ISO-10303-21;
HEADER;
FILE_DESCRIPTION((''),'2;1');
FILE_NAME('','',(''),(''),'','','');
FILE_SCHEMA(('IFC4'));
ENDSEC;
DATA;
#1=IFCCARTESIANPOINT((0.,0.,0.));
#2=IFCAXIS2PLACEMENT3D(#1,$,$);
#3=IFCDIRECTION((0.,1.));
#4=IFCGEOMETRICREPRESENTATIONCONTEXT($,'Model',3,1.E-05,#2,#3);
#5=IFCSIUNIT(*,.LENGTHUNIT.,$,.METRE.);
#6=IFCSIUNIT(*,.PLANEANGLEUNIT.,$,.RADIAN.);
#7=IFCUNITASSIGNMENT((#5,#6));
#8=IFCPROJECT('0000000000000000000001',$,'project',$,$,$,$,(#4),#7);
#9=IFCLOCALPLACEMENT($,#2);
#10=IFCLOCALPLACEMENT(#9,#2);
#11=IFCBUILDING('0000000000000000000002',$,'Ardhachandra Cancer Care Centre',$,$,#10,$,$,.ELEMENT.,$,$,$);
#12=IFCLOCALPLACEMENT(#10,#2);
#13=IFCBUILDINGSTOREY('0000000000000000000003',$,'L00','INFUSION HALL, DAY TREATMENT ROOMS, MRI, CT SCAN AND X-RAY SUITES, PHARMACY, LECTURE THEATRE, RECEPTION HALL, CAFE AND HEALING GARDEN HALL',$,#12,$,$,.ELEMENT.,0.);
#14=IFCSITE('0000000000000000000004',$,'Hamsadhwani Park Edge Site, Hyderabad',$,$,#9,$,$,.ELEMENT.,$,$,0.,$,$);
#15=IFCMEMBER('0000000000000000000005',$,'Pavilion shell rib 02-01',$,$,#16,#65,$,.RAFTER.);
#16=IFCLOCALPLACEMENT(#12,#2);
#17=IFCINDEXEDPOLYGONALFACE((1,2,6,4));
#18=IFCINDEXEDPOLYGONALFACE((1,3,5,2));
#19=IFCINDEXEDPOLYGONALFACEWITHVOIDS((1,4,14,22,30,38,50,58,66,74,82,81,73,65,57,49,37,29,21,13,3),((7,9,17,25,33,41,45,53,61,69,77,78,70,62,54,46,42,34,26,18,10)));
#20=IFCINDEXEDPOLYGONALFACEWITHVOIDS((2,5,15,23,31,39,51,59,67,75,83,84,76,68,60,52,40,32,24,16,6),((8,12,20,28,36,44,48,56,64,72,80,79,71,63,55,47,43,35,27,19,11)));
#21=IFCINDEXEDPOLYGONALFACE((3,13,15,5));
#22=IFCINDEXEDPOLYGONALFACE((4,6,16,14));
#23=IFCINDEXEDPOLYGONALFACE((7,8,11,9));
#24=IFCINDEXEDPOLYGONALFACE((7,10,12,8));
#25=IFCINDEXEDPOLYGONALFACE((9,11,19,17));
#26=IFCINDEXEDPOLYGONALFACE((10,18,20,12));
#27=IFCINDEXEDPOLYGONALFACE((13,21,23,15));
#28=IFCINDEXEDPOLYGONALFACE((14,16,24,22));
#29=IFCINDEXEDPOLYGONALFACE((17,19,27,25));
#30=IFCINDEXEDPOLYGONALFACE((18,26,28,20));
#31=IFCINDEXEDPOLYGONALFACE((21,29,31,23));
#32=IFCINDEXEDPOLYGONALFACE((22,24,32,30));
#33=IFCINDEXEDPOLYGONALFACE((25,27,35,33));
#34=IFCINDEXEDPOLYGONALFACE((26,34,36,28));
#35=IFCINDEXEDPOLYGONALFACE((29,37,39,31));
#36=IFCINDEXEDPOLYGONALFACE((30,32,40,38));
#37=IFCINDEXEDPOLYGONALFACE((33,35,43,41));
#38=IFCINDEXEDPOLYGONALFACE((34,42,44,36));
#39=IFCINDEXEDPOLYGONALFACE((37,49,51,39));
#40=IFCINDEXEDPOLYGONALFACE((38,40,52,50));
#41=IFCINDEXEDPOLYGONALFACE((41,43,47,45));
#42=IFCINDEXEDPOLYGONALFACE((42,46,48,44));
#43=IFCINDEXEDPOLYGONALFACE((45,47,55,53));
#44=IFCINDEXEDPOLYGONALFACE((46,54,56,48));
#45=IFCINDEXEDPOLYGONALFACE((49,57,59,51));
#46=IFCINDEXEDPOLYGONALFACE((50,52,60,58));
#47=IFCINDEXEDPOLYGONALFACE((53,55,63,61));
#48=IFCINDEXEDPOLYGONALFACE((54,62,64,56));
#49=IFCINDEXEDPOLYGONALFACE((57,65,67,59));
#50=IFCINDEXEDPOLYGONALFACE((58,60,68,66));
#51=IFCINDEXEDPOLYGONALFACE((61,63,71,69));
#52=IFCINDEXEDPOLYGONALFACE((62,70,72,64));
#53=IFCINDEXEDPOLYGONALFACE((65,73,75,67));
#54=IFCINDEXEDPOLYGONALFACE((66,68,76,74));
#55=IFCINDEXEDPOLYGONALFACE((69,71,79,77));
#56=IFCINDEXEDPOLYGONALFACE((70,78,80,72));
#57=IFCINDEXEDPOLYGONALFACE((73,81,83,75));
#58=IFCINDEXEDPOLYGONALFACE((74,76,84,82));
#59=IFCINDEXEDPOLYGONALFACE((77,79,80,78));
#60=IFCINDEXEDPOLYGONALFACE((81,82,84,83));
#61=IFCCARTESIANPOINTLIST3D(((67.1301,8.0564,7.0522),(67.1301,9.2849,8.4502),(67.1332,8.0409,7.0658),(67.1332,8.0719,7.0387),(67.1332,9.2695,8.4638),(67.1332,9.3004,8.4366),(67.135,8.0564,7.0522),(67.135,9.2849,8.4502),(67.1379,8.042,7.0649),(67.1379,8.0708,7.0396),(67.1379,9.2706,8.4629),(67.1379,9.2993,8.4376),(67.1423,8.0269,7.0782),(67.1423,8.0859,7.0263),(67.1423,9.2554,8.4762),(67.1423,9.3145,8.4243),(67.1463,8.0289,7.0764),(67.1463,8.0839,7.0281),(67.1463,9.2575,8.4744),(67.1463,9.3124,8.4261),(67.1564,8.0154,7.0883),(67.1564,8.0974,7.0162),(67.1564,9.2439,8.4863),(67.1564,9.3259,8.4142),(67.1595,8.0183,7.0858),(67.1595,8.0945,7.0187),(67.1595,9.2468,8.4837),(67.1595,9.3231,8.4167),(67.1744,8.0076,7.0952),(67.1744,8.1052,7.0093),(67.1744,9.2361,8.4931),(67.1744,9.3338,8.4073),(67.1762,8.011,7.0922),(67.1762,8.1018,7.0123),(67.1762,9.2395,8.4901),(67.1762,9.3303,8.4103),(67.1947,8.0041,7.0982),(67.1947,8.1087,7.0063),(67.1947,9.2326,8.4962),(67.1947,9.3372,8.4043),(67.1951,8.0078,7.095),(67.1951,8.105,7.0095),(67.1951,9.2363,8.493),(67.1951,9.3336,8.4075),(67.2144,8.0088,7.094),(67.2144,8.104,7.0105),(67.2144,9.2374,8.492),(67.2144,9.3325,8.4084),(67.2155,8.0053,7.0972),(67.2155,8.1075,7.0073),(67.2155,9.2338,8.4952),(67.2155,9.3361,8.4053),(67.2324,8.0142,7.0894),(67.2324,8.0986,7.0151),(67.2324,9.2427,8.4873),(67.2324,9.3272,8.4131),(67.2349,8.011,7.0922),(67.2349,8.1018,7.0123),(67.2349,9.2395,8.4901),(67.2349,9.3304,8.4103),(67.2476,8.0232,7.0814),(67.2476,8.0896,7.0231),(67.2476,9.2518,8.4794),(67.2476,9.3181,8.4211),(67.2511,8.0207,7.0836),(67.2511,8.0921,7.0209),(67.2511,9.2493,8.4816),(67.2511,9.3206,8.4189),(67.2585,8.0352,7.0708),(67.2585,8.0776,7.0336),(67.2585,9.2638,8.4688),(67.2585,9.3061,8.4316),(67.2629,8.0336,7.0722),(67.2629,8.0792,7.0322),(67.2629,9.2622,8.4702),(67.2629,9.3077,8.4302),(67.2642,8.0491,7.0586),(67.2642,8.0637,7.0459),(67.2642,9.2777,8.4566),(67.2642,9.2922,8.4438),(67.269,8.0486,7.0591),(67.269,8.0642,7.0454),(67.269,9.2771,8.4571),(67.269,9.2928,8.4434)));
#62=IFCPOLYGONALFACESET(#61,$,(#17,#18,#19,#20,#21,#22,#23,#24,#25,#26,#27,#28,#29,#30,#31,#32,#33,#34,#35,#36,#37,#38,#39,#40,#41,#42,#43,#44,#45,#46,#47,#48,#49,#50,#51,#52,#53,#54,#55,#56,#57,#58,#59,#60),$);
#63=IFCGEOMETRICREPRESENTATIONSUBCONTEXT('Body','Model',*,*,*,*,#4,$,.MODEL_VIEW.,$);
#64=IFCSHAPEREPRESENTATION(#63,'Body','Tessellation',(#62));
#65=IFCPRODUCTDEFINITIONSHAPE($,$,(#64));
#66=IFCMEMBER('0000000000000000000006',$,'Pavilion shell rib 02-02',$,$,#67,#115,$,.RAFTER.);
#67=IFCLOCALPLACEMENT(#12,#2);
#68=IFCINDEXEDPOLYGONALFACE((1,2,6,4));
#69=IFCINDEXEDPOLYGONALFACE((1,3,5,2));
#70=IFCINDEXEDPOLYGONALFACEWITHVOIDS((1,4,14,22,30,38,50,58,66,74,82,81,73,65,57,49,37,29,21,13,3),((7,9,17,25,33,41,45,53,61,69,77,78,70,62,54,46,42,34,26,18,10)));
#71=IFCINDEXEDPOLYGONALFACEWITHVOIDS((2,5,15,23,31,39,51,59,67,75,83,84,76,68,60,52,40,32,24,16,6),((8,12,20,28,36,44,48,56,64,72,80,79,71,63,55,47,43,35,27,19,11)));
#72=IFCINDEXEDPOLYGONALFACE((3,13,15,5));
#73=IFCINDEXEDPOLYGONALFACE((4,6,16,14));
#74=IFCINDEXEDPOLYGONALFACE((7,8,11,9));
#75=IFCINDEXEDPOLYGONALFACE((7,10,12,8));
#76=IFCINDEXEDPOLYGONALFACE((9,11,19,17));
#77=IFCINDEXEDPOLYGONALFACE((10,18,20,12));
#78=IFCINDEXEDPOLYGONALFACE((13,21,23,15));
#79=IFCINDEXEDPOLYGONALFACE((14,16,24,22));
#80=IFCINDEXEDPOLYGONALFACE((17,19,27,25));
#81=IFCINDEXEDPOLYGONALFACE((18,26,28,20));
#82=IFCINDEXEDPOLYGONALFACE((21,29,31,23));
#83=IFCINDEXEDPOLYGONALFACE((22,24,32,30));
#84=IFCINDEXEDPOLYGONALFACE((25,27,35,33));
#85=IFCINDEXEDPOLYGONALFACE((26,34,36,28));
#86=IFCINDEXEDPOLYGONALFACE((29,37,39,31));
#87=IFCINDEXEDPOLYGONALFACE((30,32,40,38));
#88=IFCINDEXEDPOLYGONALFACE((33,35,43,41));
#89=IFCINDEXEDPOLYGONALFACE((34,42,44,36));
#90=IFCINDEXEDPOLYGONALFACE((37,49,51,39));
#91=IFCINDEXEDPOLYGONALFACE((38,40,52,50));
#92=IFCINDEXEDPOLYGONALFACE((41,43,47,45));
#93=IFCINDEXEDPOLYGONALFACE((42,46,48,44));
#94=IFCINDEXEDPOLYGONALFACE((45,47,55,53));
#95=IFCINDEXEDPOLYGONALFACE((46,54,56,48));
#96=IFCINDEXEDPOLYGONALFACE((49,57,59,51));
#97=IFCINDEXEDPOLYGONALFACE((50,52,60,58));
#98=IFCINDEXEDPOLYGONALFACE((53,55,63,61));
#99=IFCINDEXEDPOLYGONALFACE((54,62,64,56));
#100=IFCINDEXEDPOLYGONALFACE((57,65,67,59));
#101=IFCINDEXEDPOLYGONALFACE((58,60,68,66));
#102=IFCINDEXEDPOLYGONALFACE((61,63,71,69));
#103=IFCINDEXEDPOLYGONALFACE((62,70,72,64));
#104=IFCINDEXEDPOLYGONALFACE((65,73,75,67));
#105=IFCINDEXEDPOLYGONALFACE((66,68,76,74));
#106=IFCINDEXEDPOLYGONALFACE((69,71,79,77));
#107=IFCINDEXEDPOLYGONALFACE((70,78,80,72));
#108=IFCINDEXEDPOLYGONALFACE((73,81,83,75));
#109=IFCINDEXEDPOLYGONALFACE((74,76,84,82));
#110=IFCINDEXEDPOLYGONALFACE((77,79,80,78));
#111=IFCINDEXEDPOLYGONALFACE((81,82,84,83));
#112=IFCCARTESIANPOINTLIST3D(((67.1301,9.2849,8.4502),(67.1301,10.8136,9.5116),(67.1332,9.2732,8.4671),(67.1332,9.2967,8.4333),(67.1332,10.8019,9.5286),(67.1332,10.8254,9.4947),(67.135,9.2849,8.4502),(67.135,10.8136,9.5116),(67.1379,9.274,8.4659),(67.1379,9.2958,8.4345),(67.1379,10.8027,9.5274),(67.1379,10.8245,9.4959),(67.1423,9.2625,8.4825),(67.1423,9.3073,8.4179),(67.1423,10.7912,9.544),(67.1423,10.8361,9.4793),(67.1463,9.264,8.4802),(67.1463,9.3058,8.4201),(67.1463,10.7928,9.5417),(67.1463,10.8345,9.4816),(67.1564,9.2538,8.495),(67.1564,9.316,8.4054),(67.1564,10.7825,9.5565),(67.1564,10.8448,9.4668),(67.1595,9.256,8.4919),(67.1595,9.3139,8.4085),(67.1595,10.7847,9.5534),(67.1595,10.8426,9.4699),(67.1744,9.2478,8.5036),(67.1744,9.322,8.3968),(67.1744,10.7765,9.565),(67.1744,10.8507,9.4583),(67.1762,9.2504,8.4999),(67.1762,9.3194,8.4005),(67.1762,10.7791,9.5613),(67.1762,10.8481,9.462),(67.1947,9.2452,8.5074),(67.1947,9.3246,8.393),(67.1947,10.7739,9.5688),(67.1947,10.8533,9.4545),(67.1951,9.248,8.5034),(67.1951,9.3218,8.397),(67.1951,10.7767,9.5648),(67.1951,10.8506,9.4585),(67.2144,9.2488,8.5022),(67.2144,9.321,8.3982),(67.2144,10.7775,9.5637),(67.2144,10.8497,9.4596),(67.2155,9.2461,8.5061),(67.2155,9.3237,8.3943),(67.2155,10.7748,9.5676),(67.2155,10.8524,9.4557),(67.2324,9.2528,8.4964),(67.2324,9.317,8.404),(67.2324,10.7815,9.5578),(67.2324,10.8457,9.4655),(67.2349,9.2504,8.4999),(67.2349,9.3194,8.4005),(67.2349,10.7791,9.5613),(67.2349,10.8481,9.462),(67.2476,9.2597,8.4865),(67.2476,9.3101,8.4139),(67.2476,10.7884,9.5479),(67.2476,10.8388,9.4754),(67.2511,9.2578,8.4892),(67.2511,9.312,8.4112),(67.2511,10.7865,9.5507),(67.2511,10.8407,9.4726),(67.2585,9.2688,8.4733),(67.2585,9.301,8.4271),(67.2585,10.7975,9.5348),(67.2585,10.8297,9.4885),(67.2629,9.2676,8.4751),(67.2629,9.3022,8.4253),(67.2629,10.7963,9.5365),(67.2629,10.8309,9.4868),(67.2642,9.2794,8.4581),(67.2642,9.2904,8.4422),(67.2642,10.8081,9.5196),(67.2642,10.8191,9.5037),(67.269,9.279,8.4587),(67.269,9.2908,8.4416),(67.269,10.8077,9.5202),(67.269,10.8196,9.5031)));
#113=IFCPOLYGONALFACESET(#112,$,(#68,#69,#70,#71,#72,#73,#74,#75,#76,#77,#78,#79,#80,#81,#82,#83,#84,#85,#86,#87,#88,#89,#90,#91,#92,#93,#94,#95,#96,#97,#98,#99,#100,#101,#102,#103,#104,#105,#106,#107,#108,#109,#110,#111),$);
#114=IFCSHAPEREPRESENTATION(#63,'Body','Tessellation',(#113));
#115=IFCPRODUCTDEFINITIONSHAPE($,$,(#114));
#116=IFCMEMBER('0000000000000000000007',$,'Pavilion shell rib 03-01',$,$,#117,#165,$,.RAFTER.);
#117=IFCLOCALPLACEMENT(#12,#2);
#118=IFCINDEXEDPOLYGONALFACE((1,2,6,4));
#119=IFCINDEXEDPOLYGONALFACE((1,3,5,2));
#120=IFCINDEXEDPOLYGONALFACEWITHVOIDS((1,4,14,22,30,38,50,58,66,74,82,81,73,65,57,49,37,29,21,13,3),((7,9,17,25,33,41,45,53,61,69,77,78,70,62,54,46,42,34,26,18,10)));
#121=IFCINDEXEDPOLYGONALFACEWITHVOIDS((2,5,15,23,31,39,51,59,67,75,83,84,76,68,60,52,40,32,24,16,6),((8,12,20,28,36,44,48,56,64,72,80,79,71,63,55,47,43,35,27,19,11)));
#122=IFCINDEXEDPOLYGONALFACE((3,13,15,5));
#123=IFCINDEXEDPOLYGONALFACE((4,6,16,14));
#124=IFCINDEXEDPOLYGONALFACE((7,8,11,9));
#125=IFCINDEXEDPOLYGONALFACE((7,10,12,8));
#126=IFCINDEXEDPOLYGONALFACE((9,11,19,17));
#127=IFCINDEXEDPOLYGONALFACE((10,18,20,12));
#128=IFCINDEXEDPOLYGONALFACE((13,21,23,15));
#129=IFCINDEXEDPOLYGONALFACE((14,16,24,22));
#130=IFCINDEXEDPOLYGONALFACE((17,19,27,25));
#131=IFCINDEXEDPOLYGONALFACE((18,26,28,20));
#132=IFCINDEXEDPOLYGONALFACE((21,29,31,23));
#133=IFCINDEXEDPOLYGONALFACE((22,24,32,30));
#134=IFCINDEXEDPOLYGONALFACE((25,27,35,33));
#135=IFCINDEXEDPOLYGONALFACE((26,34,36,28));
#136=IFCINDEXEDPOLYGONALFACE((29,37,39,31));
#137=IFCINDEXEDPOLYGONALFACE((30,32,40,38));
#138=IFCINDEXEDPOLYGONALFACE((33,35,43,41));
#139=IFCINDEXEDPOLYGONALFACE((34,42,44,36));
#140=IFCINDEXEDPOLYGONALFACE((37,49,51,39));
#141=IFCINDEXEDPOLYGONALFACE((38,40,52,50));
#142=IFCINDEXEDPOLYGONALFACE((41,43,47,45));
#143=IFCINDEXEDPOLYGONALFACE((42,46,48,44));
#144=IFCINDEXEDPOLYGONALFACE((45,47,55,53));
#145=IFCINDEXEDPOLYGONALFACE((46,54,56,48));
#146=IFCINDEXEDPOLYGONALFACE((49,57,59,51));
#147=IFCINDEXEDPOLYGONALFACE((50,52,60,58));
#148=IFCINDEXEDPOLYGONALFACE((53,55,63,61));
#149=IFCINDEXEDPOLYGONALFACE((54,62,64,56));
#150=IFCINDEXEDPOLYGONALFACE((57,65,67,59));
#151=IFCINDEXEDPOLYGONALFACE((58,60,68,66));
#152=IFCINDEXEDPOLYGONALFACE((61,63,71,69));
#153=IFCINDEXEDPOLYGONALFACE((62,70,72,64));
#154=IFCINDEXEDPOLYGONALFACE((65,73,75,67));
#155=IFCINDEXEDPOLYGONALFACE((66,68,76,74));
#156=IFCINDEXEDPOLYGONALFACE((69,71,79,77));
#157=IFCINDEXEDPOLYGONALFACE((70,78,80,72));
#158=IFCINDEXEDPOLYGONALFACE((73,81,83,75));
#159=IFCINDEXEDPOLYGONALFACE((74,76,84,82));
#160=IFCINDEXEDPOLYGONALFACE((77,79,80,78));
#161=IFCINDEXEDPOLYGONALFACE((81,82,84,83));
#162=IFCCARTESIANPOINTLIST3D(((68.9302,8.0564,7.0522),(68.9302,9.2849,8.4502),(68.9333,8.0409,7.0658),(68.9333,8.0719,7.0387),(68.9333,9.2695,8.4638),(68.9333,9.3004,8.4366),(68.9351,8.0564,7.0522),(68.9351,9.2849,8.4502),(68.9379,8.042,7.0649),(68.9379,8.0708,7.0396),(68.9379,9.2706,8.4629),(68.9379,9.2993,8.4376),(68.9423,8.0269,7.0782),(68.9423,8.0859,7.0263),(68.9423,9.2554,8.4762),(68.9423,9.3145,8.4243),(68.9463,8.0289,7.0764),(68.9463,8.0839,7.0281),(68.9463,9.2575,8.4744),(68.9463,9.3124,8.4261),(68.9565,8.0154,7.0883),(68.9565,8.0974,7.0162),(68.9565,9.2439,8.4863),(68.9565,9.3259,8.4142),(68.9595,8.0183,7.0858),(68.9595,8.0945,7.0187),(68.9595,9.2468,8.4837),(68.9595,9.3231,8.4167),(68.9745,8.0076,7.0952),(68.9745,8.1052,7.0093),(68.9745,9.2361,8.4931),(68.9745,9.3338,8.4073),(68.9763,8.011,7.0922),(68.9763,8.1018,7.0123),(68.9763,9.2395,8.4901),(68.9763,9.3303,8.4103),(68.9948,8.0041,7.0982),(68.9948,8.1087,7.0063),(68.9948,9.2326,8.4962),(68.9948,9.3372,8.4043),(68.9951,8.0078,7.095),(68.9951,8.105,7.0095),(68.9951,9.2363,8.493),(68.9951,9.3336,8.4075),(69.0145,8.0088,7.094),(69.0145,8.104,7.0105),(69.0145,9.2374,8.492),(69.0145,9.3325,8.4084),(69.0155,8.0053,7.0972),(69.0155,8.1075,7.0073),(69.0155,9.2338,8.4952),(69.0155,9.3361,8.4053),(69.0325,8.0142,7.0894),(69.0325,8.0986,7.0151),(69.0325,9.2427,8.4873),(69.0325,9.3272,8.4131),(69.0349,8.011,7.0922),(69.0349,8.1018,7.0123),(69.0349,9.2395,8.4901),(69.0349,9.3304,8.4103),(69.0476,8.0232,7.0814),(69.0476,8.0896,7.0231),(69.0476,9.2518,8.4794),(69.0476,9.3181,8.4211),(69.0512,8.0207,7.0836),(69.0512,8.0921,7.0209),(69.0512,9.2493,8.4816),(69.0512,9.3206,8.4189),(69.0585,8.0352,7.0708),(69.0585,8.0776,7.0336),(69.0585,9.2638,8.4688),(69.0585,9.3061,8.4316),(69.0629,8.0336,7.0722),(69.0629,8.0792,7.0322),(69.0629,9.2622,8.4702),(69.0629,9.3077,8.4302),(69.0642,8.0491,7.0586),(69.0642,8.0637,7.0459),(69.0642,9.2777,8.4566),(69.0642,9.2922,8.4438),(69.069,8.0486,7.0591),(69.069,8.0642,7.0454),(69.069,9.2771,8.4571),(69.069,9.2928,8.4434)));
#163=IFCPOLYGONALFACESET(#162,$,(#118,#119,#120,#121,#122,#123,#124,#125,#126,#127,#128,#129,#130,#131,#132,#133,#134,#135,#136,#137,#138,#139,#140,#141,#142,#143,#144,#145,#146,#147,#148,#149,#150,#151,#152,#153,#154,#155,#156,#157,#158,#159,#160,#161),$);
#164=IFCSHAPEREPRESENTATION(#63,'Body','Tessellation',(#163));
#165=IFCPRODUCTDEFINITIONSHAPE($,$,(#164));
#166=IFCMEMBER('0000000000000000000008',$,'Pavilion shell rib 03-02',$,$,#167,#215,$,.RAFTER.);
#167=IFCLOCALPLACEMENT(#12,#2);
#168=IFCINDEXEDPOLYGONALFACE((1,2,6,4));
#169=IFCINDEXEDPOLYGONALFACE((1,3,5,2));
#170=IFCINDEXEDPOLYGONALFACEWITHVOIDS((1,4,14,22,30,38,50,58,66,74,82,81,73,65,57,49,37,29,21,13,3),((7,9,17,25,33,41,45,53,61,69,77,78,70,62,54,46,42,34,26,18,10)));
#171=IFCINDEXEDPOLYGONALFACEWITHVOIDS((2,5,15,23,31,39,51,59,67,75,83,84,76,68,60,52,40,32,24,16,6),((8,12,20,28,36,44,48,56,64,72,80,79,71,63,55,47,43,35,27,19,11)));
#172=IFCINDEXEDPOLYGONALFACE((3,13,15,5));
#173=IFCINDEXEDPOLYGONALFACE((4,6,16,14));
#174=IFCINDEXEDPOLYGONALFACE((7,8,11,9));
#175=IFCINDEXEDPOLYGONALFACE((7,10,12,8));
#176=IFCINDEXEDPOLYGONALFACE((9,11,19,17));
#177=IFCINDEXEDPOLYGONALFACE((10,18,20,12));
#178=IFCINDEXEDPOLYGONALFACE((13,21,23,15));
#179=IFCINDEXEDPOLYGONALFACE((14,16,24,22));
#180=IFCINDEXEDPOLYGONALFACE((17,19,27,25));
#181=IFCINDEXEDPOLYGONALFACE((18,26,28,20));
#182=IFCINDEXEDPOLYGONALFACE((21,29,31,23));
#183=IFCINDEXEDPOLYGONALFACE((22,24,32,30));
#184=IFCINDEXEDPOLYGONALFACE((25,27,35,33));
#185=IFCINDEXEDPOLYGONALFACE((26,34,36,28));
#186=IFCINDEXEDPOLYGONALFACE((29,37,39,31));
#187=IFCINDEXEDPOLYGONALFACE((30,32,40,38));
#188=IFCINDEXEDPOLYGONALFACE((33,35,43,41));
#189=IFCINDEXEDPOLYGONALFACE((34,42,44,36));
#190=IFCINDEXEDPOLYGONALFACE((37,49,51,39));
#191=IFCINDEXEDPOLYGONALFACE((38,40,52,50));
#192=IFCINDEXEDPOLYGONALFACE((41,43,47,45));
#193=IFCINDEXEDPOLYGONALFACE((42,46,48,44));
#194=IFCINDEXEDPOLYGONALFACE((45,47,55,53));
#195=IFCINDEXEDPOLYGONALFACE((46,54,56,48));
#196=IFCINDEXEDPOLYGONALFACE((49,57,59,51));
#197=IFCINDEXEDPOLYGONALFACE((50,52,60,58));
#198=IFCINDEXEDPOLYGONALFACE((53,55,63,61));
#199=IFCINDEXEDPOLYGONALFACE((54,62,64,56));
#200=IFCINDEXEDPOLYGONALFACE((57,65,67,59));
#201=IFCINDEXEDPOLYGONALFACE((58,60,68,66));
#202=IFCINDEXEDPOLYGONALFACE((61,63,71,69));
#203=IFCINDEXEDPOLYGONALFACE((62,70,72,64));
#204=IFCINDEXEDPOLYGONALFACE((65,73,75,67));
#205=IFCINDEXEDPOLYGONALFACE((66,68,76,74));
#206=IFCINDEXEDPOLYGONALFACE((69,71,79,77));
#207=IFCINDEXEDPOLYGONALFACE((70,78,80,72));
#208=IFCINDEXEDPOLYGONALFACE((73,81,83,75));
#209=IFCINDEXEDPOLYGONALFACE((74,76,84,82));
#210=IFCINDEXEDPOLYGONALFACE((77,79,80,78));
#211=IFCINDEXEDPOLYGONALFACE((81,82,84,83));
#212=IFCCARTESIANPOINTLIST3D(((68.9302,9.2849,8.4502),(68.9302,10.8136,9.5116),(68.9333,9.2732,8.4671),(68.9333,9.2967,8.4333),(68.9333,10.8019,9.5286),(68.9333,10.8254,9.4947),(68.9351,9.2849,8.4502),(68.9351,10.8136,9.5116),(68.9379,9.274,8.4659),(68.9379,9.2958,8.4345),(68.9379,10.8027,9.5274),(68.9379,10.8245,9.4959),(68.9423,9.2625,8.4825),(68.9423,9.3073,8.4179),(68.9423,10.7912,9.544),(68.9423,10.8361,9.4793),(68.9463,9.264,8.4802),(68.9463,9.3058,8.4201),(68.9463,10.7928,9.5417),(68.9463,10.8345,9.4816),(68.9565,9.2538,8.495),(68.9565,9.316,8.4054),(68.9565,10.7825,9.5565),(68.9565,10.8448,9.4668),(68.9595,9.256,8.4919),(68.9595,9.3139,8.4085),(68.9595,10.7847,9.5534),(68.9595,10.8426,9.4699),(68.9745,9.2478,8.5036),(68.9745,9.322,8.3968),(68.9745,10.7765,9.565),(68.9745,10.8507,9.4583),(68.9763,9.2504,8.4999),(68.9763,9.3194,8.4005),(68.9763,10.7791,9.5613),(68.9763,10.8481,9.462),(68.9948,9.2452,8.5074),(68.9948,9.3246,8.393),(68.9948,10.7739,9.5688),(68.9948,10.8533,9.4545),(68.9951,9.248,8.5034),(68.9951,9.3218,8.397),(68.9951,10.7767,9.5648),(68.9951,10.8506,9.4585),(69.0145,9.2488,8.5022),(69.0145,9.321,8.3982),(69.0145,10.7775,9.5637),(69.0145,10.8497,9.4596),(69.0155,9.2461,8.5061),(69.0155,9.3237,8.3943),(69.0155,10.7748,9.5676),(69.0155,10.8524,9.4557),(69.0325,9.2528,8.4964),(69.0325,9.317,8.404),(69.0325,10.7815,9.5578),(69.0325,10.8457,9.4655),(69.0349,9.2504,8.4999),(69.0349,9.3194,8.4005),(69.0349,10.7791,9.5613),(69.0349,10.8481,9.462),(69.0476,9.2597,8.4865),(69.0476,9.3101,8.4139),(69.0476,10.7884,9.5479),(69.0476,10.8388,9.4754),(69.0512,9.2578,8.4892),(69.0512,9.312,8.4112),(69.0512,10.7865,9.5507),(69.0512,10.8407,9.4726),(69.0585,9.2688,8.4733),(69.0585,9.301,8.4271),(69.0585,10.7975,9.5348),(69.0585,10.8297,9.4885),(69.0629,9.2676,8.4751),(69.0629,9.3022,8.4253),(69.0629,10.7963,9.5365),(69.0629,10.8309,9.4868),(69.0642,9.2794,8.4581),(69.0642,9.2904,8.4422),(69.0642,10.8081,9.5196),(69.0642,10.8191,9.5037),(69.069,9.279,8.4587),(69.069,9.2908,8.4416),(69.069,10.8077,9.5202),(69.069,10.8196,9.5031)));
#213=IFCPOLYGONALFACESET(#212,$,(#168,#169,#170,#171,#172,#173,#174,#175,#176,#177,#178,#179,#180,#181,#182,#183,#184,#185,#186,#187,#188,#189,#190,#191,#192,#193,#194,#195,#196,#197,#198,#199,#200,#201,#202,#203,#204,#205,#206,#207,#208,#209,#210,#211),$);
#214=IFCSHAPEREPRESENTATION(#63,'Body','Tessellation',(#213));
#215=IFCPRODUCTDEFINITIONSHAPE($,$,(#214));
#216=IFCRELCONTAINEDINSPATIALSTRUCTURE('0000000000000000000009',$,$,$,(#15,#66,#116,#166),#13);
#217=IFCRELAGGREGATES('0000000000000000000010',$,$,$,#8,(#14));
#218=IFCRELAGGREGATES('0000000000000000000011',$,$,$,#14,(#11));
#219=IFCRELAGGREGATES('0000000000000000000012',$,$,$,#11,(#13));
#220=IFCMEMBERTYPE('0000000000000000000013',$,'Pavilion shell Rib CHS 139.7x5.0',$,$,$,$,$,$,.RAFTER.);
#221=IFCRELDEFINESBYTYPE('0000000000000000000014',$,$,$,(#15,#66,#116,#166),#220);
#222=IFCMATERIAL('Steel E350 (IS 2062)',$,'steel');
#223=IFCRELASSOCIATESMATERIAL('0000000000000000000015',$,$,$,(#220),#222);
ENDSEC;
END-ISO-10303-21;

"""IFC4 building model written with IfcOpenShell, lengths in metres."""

from ifc_helpers import new_model, si_unit, direction, frame, origin, origin_2d, place, context, subcontext, project, spatial, hollow_circle, extrude, material, material_profile, profile_set, type_object, element, save


model = new_model("IFC4")

# Units and contexts
model_context = context("Model", 3, precision=1e-05, world=origin(), true_north=direction((0.0, 1.0)))
body_context = subcontext(model_context, "Body", "Model", "MODEL_VIEW")
ifc_project = project(units=[si_unit("LENGTHUNIT", "METRE"), si_unit("PLANEANGLEUNIT", "RADIAN")], contexts=[model_context])

# Site, building, storey
site_placement = place(None, origin())
site = spatial("IfcSite", under=ifc_project, at=site_placement, Name="Hamsadhwani Park Edge Site, Hyderabad", CompositionType="ELEMENT", RefElevation=0.0)
building_placement = place(site_placement, origin())
building = spatial("IfcBuilding", under=site, at=building_placement, Name="Ardhachandra Cancer Care Centre", CompositionType="ELEMENT")
storey_placement = place(building_placement, origin())
storey = spatial("IfcBuildingStorey", under=building, at=storey_placement, Name="L00", Description="INFUSION HALL, DAY TREATMENT ROOMS, MRI, CT SCAN AND X-RAY SUITES, PHARMACY, LECTURE THEATRE, RECEPTION HALL, CAFE AND HEALING GARDEN HALL", CompositionType="ELEMENT", Elevation=0.0)

# Members
ifc_material_1 = material(Name="Steel E350 (IS 2062)", Category="steel")
ifc_material_profile_1 = material_profile(ifc_material_1, hollow_circle(Radius=0.0698, WallThickness=0.0049, at=origin_2d()), Name="CHS 139.7x5.0")
ifc_profile_set_1 = profile_set([ifc_material_profile_1], Name="Steel E350 (IS 2062)")
member_type_1 = type_object("IfcMemberType", Name="Pavilion shell Rib CHS 139.7x5.0", PredefinedType="RAFTER", material=ifc_profile_set_1)
for number, where, z_axis, x_axis, name in (
    (1, (67.2, 8.0564, 7.0522), (0.0, 0.660119, 0.751161), (-1.0, 0.0, 0.0), "Pavilion shell rib 02-01"),
    (2, (67.2, 9.2849, 8.4502), (0.0, 0.821408, 0.570342), (-1.0, 0.0, 0.0), "Pavilion shell rib 02-02"),
    (3, (69.0, 8.0564, 7.0522), (0.0, 0.660119, 0.751161), (-1.0, 0.0, 0.0), "Pavilion shell rib 03-01"),
    (4, (69.0, 9.2849, 8.4502), (0.0, 0.821408, 0.570342), (-1.0, 0.0, 0.0), "Pavilion shell rib 03-02"),
):
    element("IfcMember", number, at=place(storey_placement, frame(where, z_axis=z_axis, x_axis=x_axis)), inside=storey, type_object=member_type_1, Name=name, PredefinedType="RAFTER", context=body_context, shape_type="SweptSolid", body=[
        extrude(hollow_circle(Radius=0.0698, WallThickness=0.0049, at=origin_2d()), origin(), (0.0, 0.0, 1.0), 1.8611),
    ])

save(model, "model.ifc")
